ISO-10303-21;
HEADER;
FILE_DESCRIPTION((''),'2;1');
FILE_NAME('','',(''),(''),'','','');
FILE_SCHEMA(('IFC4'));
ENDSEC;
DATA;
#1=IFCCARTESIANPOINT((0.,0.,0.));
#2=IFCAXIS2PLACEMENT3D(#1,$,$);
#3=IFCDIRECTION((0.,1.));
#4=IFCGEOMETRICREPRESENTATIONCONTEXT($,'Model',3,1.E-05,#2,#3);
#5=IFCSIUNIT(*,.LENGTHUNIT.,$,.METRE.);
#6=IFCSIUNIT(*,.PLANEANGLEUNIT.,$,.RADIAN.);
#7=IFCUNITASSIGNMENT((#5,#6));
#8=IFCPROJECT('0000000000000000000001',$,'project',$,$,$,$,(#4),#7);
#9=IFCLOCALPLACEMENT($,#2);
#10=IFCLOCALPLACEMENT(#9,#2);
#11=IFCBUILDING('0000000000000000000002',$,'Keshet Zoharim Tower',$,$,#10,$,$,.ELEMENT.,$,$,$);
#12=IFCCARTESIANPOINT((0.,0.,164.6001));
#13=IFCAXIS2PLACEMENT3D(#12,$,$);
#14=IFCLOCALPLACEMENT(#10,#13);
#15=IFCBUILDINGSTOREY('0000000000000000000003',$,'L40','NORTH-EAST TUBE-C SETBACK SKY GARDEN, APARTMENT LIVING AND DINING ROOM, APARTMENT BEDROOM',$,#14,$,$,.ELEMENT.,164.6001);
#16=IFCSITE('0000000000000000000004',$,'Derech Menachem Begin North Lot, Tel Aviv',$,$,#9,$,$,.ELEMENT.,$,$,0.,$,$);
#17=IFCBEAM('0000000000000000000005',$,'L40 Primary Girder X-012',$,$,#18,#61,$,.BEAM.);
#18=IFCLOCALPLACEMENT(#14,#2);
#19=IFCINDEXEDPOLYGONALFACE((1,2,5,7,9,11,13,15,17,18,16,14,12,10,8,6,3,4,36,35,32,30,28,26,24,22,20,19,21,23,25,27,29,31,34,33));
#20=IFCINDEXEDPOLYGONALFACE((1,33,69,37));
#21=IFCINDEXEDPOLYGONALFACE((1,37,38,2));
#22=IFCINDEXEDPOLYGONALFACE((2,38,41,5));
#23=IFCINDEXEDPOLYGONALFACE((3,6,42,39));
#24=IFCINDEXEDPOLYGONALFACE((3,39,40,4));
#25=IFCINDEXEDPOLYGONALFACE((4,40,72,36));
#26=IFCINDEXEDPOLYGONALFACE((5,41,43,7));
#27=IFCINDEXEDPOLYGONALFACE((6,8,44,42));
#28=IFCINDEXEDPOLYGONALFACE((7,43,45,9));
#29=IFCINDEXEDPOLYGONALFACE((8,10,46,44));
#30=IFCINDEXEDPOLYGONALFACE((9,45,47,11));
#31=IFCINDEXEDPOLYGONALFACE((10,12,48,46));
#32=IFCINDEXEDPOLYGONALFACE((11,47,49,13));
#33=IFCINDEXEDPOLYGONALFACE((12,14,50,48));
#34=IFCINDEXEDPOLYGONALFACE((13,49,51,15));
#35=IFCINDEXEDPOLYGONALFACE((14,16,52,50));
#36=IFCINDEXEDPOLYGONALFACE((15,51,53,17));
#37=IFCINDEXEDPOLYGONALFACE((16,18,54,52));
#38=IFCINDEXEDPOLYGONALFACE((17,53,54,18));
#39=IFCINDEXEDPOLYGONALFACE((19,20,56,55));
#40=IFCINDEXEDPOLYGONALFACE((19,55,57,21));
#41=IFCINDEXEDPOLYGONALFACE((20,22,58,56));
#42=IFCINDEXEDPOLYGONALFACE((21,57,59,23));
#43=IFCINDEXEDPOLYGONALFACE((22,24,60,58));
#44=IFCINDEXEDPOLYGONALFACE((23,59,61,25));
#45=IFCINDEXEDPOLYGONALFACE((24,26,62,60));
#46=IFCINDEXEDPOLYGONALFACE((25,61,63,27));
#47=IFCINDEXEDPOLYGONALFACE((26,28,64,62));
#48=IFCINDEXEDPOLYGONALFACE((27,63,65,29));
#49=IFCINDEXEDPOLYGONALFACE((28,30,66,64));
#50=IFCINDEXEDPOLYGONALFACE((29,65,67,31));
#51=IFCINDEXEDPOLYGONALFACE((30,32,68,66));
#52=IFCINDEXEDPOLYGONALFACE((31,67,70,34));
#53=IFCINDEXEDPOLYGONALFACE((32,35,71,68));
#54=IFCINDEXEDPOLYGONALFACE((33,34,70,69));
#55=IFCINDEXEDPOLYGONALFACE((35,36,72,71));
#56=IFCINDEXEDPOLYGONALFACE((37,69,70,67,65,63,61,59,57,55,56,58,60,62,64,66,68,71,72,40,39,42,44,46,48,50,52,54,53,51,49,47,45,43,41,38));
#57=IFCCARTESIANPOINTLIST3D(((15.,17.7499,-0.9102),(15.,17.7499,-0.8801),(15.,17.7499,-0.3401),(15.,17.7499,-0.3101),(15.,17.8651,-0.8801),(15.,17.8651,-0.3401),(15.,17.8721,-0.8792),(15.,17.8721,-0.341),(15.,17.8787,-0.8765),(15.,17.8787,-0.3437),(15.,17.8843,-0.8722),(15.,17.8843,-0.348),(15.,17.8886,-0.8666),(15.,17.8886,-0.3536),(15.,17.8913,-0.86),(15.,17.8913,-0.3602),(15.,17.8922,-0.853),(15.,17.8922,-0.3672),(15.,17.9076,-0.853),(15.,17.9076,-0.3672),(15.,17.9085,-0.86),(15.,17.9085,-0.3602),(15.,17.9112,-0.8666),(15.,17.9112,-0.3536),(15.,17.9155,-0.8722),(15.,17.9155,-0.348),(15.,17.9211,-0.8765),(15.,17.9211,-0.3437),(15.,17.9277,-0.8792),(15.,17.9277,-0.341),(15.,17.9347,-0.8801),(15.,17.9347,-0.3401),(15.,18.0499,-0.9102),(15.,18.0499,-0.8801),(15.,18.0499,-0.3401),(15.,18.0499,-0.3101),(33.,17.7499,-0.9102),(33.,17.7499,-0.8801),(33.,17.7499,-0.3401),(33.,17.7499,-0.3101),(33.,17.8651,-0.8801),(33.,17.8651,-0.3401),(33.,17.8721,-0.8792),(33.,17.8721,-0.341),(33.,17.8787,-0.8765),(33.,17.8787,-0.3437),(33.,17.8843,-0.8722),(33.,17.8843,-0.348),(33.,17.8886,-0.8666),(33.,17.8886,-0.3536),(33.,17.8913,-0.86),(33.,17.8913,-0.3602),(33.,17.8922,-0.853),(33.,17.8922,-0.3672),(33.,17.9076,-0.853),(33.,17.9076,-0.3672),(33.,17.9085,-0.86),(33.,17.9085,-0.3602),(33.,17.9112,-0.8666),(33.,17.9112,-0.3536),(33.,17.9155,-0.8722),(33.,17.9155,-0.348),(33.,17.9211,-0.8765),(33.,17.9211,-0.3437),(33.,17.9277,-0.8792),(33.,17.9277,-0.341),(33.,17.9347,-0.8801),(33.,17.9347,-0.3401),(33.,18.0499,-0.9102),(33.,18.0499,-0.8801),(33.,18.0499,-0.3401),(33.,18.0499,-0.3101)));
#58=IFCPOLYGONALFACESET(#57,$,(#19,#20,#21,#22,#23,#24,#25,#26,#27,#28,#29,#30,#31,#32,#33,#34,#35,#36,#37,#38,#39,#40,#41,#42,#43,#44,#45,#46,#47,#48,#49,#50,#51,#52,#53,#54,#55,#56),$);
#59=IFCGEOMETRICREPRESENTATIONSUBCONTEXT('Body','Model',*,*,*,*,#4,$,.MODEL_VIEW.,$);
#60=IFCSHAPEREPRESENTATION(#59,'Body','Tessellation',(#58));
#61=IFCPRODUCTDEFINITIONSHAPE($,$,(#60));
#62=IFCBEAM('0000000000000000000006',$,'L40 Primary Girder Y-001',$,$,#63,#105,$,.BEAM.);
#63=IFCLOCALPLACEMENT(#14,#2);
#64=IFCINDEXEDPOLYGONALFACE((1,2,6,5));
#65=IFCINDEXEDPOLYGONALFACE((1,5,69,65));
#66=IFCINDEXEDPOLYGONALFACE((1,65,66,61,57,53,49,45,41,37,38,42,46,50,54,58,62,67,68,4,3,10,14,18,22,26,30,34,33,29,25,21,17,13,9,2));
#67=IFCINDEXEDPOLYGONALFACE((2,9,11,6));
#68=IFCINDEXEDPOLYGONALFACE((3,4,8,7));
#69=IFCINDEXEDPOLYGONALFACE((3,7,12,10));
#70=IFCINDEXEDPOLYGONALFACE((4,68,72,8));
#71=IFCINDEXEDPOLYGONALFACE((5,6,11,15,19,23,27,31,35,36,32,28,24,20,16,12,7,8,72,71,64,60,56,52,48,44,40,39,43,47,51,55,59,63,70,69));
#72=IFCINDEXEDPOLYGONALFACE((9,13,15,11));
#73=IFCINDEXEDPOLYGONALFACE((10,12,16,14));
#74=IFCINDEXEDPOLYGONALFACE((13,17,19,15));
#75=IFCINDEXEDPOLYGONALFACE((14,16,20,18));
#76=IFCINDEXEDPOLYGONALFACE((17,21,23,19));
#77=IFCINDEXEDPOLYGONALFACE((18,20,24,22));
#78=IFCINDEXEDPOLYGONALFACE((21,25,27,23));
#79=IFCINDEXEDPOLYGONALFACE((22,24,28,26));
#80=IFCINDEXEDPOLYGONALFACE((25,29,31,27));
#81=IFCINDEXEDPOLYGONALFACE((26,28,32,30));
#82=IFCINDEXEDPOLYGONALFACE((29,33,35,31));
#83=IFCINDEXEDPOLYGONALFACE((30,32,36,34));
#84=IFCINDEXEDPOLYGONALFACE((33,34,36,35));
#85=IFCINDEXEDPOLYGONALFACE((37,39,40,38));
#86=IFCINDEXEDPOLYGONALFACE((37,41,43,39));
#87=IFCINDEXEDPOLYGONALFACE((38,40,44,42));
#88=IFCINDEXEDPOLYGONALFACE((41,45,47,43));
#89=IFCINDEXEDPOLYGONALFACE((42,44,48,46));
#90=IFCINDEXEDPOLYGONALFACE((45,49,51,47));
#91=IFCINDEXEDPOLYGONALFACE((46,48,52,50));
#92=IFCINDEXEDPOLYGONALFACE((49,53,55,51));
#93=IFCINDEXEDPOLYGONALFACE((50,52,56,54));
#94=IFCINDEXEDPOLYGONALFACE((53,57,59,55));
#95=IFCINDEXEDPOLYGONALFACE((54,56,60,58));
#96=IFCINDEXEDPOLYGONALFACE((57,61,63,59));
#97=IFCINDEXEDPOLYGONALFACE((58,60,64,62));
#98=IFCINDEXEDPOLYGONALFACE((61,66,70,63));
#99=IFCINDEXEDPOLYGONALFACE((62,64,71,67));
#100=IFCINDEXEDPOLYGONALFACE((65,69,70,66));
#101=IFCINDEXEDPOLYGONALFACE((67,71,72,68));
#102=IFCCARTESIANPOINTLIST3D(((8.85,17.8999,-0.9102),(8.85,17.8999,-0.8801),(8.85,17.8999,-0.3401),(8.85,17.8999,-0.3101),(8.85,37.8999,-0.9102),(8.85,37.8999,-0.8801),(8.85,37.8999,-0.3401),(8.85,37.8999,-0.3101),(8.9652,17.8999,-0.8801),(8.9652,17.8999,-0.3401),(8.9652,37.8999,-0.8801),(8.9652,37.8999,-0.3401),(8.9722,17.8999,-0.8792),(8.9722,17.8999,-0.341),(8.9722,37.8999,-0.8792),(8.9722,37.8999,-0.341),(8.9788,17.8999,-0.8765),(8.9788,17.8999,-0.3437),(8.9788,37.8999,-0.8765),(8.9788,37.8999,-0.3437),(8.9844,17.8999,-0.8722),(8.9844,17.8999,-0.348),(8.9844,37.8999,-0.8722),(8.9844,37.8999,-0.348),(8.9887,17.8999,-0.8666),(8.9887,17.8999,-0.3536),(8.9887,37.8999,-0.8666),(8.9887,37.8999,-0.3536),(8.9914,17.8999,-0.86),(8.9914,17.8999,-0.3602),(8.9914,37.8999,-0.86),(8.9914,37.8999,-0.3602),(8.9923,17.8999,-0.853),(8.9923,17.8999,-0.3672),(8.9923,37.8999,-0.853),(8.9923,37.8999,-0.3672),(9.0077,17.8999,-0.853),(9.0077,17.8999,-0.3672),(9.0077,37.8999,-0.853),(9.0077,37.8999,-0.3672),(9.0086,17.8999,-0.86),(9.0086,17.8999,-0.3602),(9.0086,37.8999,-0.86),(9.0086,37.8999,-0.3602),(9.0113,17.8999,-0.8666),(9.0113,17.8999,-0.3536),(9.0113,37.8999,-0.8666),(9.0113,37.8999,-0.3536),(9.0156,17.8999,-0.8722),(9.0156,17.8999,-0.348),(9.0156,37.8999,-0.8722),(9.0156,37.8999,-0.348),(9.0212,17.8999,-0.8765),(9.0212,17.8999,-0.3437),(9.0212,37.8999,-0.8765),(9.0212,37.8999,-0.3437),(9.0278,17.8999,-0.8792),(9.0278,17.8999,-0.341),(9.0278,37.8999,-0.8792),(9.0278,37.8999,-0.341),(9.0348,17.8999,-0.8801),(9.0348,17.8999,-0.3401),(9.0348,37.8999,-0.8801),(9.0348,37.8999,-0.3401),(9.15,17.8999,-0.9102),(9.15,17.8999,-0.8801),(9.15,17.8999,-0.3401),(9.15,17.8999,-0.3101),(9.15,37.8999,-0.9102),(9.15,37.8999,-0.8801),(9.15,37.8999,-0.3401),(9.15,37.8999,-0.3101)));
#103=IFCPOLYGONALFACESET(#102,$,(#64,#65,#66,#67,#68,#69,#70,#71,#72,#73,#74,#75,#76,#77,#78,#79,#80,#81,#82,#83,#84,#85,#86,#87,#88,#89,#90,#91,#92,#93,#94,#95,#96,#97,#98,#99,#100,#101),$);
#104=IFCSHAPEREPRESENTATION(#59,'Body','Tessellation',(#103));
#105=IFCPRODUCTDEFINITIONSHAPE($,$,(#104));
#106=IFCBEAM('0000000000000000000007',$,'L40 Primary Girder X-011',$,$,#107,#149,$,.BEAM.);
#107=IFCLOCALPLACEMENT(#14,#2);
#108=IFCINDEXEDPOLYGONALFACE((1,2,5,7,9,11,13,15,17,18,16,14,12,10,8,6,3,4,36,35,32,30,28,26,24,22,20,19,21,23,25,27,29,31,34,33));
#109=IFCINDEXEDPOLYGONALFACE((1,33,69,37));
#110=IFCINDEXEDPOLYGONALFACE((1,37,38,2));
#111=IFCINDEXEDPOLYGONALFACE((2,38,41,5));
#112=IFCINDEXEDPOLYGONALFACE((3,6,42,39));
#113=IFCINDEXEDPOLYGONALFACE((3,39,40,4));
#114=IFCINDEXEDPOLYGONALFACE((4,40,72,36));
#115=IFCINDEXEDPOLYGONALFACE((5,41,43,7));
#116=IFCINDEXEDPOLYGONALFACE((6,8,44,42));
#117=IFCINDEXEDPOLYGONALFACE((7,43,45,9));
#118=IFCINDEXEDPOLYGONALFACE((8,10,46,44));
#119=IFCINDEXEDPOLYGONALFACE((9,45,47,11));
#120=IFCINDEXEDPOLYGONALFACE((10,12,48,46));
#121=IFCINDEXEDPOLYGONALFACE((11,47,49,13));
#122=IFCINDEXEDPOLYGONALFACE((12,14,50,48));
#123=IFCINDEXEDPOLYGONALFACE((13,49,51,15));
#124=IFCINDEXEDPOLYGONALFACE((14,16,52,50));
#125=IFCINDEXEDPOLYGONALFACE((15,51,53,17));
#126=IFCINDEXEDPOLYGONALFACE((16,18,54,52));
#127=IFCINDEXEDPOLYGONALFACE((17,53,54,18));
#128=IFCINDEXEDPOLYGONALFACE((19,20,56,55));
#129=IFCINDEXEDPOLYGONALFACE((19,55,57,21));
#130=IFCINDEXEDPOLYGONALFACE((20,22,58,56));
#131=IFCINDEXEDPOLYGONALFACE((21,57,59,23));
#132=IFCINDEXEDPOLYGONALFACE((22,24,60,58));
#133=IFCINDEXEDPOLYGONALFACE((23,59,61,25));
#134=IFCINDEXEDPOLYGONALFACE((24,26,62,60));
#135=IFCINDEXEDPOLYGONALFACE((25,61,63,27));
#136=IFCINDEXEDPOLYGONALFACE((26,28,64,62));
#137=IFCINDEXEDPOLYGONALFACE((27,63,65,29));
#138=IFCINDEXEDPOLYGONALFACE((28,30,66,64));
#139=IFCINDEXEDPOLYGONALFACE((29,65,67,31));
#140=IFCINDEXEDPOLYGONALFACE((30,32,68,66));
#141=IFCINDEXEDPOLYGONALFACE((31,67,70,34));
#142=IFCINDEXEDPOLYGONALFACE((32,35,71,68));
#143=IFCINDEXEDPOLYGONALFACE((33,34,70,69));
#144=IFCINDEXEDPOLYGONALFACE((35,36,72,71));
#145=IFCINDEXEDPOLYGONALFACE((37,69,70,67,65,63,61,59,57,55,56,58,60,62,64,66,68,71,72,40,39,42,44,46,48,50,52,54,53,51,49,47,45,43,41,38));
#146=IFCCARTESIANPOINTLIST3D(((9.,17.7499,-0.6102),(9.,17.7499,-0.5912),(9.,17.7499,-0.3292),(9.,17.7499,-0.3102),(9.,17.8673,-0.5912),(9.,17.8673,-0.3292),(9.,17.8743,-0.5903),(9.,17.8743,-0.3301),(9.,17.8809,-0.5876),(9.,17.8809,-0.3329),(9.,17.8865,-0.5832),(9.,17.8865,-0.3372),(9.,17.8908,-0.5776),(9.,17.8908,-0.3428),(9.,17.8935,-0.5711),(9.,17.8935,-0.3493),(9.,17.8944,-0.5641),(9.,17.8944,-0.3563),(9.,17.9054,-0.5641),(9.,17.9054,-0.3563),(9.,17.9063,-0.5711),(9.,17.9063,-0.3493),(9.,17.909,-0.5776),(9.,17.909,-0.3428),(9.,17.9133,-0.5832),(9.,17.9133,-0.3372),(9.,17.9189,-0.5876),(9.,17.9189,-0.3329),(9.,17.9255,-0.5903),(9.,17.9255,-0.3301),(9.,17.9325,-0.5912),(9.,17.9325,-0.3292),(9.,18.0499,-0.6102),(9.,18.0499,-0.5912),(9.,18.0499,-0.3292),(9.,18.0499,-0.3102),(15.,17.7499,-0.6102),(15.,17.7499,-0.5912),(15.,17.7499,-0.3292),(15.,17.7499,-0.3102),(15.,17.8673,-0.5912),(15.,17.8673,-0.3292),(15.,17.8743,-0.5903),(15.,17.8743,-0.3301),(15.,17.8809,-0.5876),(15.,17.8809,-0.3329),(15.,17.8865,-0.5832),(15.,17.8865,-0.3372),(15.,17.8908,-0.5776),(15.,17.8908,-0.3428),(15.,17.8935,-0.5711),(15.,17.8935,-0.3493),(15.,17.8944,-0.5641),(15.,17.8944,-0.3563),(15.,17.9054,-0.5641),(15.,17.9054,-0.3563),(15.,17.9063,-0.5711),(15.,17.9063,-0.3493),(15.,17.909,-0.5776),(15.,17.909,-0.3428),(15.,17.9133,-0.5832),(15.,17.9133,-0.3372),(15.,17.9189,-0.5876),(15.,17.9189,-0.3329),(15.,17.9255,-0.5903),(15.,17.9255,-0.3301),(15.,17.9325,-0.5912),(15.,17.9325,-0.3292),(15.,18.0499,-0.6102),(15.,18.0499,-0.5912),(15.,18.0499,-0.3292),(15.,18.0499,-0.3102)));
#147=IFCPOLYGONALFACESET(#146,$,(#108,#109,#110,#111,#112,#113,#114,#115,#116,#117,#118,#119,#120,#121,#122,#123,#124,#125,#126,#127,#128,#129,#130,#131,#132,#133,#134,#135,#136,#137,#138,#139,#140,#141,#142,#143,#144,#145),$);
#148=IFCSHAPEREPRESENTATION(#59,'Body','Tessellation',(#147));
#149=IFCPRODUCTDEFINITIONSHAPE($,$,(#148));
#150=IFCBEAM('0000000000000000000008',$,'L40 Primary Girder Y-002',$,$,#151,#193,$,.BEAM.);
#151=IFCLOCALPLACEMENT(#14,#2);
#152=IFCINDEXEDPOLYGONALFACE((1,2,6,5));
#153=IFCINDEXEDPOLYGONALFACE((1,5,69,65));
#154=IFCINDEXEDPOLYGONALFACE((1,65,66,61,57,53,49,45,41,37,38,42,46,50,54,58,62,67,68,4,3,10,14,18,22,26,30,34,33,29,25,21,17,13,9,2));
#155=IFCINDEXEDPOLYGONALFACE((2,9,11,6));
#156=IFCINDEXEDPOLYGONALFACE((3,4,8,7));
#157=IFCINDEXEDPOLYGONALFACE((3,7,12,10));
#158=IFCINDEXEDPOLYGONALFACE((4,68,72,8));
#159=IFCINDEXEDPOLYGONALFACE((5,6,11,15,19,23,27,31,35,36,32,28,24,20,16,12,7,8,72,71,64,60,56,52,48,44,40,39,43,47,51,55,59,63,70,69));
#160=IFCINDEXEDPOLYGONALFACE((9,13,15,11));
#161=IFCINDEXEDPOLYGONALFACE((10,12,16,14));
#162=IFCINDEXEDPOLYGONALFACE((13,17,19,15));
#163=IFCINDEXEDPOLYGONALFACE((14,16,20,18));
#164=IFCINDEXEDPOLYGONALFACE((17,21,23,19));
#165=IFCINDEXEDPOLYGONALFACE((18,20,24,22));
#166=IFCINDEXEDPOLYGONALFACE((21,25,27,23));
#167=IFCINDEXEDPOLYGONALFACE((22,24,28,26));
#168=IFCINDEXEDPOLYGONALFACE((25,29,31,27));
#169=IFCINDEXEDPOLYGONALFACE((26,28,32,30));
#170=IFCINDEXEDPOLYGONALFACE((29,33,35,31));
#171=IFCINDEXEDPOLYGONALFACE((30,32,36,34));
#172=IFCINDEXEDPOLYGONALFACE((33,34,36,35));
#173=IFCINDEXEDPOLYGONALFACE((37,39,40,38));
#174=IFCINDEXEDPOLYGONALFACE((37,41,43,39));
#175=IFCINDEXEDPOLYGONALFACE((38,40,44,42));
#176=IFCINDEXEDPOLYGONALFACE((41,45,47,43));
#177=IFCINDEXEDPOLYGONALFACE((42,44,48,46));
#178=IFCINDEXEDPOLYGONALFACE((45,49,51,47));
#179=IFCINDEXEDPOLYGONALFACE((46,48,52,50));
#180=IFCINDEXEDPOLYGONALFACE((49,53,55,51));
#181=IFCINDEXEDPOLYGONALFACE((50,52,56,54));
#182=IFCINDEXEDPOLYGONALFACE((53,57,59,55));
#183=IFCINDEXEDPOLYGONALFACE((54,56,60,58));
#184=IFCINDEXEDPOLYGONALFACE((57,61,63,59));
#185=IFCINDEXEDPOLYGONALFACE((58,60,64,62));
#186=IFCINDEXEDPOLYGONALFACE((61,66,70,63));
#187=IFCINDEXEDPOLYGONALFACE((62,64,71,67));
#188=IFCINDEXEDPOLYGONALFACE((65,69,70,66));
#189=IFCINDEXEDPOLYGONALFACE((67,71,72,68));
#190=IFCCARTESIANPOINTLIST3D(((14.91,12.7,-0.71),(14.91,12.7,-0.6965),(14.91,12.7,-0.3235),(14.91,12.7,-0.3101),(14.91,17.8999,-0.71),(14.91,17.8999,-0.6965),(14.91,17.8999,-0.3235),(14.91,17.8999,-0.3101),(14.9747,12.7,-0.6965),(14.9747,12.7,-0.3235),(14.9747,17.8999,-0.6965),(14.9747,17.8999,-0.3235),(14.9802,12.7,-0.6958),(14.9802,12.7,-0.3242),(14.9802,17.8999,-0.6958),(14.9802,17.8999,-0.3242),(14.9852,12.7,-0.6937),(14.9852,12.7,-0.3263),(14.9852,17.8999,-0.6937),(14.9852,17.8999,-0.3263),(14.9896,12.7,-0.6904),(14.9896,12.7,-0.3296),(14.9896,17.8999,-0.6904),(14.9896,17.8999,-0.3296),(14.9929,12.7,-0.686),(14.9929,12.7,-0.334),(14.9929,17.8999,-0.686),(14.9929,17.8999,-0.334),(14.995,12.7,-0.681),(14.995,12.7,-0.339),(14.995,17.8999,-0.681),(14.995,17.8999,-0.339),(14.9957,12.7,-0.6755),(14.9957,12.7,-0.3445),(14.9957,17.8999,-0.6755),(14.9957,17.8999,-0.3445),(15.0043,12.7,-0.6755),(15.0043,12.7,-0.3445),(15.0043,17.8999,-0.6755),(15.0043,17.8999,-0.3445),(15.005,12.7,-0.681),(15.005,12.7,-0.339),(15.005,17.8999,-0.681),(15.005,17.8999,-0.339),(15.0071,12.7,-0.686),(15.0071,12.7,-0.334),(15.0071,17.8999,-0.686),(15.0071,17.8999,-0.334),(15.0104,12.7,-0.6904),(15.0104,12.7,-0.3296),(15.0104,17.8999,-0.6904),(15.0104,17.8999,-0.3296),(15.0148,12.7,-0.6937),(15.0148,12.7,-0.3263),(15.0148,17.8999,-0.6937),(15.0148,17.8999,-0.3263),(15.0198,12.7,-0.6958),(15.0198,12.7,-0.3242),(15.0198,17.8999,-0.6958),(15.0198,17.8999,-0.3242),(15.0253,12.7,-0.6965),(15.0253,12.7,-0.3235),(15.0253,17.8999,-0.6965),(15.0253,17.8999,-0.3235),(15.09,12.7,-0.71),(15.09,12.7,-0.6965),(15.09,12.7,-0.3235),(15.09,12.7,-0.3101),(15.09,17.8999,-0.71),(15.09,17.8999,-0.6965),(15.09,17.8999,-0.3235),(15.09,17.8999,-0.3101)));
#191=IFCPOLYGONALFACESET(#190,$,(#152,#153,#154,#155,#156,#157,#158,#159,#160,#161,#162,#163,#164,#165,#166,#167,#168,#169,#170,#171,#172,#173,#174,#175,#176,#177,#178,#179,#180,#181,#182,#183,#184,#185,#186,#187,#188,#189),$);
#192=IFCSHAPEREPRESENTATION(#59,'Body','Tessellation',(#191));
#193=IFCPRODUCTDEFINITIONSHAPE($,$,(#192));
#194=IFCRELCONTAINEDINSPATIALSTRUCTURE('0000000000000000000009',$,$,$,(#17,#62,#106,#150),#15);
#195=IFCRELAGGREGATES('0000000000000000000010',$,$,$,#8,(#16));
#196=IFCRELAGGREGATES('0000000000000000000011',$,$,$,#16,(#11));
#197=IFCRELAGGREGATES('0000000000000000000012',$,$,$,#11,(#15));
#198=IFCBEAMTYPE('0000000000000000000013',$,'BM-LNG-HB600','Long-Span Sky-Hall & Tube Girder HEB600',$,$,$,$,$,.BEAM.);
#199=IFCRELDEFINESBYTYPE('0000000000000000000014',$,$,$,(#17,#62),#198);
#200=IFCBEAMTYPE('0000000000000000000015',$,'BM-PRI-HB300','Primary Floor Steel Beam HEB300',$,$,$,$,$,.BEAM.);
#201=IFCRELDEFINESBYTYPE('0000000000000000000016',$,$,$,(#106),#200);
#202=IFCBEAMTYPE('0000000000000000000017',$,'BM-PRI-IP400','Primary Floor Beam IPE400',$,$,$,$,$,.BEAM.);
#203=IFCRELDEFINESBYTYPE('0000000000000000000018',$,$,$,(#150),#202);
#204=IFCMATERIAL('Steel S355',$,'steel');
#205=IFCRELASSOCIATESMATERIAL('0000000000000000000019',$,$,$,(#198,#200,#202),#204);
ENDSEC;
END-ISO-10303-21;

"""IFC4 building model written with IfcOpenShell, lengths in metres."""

from ifc_helpers import new_model, si_unit, direction, frame, origin, origin_2d, place, context, subcontext, project, spatial, i_section, extrude, material, material_profile, profile_set, type_object, element, save


model = new_model("IFC4")

# Units and contexts
model_context = context("Model", 3, precision=1e-05, world=origin(), true_north=direction((0.0, 1.0)))
body_context = subcontext(model_context, "Body", "Model", "MODEL_VIEW")
ifc_project = project(units=[si_unit("LENGTHUNIT", "METRE"), si_unit("PLANEANGLEUNIT", "RADIAN")], contexts=[model_context])

# Site, building, storey
site_placement = place(None, origin())
site = spatial("IfcSite", under=ifc_project, at=site_placement, Name="Derech Menachem Begin North Lot, Tel Aviv", CompositionType="ELEMENT", RefElevation=0.0)
building_placement = place(site_placement, origin())
building = spatial("IfcBuilding", under=site, at=building_placement, Name="Keshet Zoharim Tower", CompositionType="ELEMENT")
storey_placement = place(building_placement, frame((0.0, 0.0, 164.6001)))
storey = spatial("IfcBuildingStorey", under=building, at=storey_placement, Name="L40", Description="NORTH-EAST TUBE-C SETBACK SKY GARDEN, APARTMENT LIVING AND DINING ROOM, APARTMENT BEDROOM", CompositionType="ELEMENT", Elevation=164.6001)

# Shared definitions
ifc_material_1 = material(Name="Steel S355", Category="steel")

# Beams
ifc_material_profile_1 = material_profile(ifc_material_1, i_section(OverallWidth=0.3, OverallDepth=0.6001, WebThickness=0.0154, FlangeThickness=0.03, FilletRadius=0.0271, at=origin_2d()), Name="HEB600")
ifc_profile_set_1 = profile_set([ifc_material_profile_1], Name="Steel S355")
beam_type_1 = type_object("IfcBeamType", Name="BM-LNG-HB600", Description="Long-Span Sky-Hall & Tube Girder HEB600", PredefinedType="BEAM", material=ifc_profile_set_1)
for number, where, z_axis, x_axis, name in (
    (1, (15.0, 17.8999, -0.6101), (1.0, 0.0, 0.0), (0.0, 1.0, 0.0), "L40 Primary Girder X-012"),
):
    element("IfcBeam", number, at=place(storey_placement, frame(where, z_axis=z_axis, x_axis=x_axis)), inside=storey, type_object=beam_type_1, Name=name, PredefinedType="BEAM", context=body_context, shape_type="SweptSolid", body=[
        extrude(i_section(OverallWidth=0.3, OverallDepth=0.6001, WebThickness=0.0154, FlangeThickness=0.03, FilletRadius=0.0271, at=origin_2d()), origin(), (0.0, 0.0, 1.0), 18.0),
    ])
beam_1_placement = place(storey_placement, frame((9.0, 17.8999, -0.6101), z_axis=(0.0, 1.0, 0.0), x_axis=(-1.0, 0.0, 0.0)))
element("IfcBeam", 2, at=beam_1_placement, inside=storey, type_object=beam_type_1, Name="L40 Primary Girder Y-001", PredefinedType="BEAM", context=body_context, shape_type="SweptSolid", body=[
    extrude(i_section(OverallWidth=0.3, OverallDepth=0.6001, WebThickness=0.0154, FlangeThickness=0.03, FilletRadius=0.0271, at=origin_2d()), origin(), (0.0, 0.0, 1.0), 20.0),
])
ifc_material_profile_2 = material_profile(ifc_material_1, i_section(OverallWidth=0.3, OverallDepth=0.3, WebThickness=0.011, FlangeThickness=0.019, FilletRadius=0.0271, at=origin_2d()), Name="HEB300")
ifc_profile_set_2 = profile_set([ifc_material_profile_2], Name="Steel S355")
beam_type_2 = type_object("IfcBeamType", Name="BM-PRI-HB300", Description="Primary Floor Steel Beam HEB300", PredefinedType="BEAM", material=ifc_profile_set_2)
beam_2_placement = place(storey_placement, frame((9.0, 17.8999, -0.4602), z_axis=(1.0, 0.0, 0.0), x_axis=(0.0, 1.0, 0.0)))
element("IfcBeam", 3, at=beam_2_placement, inside=storey, type_object=beam_type_2, Name="L40 Primary Girder X-011", PredefinedType="BEAM", context=body_context, shape_type="SweptSolid", body=[
    extrude(i_section(OverallWidth=0.3, OverallDepth=0.3, WebThickness=0.011, FlangeThickness=0.019, FilletRadius=0.0271, at=origin_2d()), origin(), (0.0, 0.0, 1.0), 6.0),
])
ifc_material_profile_3 = material_profile(ifc_material_1, i_section(OverallWidth=0.1799, OverallDepth=0.3999, WebThickness=0.0085, FlangeThickness=0.0134, FilletRadius=0.021, at=origin_2d()), Name="IPE400")
ifc_profile_set_3 = profile_set([ifc_material_profile_3], Name="Steel S355")
beam_type_3 = type_object("IfcBeamType", Name="BM-PRI-IP400", Description="Primary Floor Beam IPE400", PredefinedType="BEAM", material=ifc_profile_set_3)
beam_3_placement = place(storey_placement, frame((15.0, 12.7, -0.51), z_axis=(0.0, 1.0, 0.0), x_axis=(-1.0, 0.0, 0.0)))
element("IfcBeam", 4, at=beam_3_placement, inside=storey, type_object=beam_type_3, Name="L40 Primary Girder Y-002", PredefinedType="BEAM", context=body_context, shape_type="SweptSolid", body=[
    extrude(i_section(OverallWidth=0.1799, OverallDepth=0.3999, WebThickness=0.0085, FlangeThickness=0.0134, FilletRadius=0.021, at=origin_2d()), origin(), (0.0, 0.0, 1.0), 5.2),
])

save(model, "model.ifc")
